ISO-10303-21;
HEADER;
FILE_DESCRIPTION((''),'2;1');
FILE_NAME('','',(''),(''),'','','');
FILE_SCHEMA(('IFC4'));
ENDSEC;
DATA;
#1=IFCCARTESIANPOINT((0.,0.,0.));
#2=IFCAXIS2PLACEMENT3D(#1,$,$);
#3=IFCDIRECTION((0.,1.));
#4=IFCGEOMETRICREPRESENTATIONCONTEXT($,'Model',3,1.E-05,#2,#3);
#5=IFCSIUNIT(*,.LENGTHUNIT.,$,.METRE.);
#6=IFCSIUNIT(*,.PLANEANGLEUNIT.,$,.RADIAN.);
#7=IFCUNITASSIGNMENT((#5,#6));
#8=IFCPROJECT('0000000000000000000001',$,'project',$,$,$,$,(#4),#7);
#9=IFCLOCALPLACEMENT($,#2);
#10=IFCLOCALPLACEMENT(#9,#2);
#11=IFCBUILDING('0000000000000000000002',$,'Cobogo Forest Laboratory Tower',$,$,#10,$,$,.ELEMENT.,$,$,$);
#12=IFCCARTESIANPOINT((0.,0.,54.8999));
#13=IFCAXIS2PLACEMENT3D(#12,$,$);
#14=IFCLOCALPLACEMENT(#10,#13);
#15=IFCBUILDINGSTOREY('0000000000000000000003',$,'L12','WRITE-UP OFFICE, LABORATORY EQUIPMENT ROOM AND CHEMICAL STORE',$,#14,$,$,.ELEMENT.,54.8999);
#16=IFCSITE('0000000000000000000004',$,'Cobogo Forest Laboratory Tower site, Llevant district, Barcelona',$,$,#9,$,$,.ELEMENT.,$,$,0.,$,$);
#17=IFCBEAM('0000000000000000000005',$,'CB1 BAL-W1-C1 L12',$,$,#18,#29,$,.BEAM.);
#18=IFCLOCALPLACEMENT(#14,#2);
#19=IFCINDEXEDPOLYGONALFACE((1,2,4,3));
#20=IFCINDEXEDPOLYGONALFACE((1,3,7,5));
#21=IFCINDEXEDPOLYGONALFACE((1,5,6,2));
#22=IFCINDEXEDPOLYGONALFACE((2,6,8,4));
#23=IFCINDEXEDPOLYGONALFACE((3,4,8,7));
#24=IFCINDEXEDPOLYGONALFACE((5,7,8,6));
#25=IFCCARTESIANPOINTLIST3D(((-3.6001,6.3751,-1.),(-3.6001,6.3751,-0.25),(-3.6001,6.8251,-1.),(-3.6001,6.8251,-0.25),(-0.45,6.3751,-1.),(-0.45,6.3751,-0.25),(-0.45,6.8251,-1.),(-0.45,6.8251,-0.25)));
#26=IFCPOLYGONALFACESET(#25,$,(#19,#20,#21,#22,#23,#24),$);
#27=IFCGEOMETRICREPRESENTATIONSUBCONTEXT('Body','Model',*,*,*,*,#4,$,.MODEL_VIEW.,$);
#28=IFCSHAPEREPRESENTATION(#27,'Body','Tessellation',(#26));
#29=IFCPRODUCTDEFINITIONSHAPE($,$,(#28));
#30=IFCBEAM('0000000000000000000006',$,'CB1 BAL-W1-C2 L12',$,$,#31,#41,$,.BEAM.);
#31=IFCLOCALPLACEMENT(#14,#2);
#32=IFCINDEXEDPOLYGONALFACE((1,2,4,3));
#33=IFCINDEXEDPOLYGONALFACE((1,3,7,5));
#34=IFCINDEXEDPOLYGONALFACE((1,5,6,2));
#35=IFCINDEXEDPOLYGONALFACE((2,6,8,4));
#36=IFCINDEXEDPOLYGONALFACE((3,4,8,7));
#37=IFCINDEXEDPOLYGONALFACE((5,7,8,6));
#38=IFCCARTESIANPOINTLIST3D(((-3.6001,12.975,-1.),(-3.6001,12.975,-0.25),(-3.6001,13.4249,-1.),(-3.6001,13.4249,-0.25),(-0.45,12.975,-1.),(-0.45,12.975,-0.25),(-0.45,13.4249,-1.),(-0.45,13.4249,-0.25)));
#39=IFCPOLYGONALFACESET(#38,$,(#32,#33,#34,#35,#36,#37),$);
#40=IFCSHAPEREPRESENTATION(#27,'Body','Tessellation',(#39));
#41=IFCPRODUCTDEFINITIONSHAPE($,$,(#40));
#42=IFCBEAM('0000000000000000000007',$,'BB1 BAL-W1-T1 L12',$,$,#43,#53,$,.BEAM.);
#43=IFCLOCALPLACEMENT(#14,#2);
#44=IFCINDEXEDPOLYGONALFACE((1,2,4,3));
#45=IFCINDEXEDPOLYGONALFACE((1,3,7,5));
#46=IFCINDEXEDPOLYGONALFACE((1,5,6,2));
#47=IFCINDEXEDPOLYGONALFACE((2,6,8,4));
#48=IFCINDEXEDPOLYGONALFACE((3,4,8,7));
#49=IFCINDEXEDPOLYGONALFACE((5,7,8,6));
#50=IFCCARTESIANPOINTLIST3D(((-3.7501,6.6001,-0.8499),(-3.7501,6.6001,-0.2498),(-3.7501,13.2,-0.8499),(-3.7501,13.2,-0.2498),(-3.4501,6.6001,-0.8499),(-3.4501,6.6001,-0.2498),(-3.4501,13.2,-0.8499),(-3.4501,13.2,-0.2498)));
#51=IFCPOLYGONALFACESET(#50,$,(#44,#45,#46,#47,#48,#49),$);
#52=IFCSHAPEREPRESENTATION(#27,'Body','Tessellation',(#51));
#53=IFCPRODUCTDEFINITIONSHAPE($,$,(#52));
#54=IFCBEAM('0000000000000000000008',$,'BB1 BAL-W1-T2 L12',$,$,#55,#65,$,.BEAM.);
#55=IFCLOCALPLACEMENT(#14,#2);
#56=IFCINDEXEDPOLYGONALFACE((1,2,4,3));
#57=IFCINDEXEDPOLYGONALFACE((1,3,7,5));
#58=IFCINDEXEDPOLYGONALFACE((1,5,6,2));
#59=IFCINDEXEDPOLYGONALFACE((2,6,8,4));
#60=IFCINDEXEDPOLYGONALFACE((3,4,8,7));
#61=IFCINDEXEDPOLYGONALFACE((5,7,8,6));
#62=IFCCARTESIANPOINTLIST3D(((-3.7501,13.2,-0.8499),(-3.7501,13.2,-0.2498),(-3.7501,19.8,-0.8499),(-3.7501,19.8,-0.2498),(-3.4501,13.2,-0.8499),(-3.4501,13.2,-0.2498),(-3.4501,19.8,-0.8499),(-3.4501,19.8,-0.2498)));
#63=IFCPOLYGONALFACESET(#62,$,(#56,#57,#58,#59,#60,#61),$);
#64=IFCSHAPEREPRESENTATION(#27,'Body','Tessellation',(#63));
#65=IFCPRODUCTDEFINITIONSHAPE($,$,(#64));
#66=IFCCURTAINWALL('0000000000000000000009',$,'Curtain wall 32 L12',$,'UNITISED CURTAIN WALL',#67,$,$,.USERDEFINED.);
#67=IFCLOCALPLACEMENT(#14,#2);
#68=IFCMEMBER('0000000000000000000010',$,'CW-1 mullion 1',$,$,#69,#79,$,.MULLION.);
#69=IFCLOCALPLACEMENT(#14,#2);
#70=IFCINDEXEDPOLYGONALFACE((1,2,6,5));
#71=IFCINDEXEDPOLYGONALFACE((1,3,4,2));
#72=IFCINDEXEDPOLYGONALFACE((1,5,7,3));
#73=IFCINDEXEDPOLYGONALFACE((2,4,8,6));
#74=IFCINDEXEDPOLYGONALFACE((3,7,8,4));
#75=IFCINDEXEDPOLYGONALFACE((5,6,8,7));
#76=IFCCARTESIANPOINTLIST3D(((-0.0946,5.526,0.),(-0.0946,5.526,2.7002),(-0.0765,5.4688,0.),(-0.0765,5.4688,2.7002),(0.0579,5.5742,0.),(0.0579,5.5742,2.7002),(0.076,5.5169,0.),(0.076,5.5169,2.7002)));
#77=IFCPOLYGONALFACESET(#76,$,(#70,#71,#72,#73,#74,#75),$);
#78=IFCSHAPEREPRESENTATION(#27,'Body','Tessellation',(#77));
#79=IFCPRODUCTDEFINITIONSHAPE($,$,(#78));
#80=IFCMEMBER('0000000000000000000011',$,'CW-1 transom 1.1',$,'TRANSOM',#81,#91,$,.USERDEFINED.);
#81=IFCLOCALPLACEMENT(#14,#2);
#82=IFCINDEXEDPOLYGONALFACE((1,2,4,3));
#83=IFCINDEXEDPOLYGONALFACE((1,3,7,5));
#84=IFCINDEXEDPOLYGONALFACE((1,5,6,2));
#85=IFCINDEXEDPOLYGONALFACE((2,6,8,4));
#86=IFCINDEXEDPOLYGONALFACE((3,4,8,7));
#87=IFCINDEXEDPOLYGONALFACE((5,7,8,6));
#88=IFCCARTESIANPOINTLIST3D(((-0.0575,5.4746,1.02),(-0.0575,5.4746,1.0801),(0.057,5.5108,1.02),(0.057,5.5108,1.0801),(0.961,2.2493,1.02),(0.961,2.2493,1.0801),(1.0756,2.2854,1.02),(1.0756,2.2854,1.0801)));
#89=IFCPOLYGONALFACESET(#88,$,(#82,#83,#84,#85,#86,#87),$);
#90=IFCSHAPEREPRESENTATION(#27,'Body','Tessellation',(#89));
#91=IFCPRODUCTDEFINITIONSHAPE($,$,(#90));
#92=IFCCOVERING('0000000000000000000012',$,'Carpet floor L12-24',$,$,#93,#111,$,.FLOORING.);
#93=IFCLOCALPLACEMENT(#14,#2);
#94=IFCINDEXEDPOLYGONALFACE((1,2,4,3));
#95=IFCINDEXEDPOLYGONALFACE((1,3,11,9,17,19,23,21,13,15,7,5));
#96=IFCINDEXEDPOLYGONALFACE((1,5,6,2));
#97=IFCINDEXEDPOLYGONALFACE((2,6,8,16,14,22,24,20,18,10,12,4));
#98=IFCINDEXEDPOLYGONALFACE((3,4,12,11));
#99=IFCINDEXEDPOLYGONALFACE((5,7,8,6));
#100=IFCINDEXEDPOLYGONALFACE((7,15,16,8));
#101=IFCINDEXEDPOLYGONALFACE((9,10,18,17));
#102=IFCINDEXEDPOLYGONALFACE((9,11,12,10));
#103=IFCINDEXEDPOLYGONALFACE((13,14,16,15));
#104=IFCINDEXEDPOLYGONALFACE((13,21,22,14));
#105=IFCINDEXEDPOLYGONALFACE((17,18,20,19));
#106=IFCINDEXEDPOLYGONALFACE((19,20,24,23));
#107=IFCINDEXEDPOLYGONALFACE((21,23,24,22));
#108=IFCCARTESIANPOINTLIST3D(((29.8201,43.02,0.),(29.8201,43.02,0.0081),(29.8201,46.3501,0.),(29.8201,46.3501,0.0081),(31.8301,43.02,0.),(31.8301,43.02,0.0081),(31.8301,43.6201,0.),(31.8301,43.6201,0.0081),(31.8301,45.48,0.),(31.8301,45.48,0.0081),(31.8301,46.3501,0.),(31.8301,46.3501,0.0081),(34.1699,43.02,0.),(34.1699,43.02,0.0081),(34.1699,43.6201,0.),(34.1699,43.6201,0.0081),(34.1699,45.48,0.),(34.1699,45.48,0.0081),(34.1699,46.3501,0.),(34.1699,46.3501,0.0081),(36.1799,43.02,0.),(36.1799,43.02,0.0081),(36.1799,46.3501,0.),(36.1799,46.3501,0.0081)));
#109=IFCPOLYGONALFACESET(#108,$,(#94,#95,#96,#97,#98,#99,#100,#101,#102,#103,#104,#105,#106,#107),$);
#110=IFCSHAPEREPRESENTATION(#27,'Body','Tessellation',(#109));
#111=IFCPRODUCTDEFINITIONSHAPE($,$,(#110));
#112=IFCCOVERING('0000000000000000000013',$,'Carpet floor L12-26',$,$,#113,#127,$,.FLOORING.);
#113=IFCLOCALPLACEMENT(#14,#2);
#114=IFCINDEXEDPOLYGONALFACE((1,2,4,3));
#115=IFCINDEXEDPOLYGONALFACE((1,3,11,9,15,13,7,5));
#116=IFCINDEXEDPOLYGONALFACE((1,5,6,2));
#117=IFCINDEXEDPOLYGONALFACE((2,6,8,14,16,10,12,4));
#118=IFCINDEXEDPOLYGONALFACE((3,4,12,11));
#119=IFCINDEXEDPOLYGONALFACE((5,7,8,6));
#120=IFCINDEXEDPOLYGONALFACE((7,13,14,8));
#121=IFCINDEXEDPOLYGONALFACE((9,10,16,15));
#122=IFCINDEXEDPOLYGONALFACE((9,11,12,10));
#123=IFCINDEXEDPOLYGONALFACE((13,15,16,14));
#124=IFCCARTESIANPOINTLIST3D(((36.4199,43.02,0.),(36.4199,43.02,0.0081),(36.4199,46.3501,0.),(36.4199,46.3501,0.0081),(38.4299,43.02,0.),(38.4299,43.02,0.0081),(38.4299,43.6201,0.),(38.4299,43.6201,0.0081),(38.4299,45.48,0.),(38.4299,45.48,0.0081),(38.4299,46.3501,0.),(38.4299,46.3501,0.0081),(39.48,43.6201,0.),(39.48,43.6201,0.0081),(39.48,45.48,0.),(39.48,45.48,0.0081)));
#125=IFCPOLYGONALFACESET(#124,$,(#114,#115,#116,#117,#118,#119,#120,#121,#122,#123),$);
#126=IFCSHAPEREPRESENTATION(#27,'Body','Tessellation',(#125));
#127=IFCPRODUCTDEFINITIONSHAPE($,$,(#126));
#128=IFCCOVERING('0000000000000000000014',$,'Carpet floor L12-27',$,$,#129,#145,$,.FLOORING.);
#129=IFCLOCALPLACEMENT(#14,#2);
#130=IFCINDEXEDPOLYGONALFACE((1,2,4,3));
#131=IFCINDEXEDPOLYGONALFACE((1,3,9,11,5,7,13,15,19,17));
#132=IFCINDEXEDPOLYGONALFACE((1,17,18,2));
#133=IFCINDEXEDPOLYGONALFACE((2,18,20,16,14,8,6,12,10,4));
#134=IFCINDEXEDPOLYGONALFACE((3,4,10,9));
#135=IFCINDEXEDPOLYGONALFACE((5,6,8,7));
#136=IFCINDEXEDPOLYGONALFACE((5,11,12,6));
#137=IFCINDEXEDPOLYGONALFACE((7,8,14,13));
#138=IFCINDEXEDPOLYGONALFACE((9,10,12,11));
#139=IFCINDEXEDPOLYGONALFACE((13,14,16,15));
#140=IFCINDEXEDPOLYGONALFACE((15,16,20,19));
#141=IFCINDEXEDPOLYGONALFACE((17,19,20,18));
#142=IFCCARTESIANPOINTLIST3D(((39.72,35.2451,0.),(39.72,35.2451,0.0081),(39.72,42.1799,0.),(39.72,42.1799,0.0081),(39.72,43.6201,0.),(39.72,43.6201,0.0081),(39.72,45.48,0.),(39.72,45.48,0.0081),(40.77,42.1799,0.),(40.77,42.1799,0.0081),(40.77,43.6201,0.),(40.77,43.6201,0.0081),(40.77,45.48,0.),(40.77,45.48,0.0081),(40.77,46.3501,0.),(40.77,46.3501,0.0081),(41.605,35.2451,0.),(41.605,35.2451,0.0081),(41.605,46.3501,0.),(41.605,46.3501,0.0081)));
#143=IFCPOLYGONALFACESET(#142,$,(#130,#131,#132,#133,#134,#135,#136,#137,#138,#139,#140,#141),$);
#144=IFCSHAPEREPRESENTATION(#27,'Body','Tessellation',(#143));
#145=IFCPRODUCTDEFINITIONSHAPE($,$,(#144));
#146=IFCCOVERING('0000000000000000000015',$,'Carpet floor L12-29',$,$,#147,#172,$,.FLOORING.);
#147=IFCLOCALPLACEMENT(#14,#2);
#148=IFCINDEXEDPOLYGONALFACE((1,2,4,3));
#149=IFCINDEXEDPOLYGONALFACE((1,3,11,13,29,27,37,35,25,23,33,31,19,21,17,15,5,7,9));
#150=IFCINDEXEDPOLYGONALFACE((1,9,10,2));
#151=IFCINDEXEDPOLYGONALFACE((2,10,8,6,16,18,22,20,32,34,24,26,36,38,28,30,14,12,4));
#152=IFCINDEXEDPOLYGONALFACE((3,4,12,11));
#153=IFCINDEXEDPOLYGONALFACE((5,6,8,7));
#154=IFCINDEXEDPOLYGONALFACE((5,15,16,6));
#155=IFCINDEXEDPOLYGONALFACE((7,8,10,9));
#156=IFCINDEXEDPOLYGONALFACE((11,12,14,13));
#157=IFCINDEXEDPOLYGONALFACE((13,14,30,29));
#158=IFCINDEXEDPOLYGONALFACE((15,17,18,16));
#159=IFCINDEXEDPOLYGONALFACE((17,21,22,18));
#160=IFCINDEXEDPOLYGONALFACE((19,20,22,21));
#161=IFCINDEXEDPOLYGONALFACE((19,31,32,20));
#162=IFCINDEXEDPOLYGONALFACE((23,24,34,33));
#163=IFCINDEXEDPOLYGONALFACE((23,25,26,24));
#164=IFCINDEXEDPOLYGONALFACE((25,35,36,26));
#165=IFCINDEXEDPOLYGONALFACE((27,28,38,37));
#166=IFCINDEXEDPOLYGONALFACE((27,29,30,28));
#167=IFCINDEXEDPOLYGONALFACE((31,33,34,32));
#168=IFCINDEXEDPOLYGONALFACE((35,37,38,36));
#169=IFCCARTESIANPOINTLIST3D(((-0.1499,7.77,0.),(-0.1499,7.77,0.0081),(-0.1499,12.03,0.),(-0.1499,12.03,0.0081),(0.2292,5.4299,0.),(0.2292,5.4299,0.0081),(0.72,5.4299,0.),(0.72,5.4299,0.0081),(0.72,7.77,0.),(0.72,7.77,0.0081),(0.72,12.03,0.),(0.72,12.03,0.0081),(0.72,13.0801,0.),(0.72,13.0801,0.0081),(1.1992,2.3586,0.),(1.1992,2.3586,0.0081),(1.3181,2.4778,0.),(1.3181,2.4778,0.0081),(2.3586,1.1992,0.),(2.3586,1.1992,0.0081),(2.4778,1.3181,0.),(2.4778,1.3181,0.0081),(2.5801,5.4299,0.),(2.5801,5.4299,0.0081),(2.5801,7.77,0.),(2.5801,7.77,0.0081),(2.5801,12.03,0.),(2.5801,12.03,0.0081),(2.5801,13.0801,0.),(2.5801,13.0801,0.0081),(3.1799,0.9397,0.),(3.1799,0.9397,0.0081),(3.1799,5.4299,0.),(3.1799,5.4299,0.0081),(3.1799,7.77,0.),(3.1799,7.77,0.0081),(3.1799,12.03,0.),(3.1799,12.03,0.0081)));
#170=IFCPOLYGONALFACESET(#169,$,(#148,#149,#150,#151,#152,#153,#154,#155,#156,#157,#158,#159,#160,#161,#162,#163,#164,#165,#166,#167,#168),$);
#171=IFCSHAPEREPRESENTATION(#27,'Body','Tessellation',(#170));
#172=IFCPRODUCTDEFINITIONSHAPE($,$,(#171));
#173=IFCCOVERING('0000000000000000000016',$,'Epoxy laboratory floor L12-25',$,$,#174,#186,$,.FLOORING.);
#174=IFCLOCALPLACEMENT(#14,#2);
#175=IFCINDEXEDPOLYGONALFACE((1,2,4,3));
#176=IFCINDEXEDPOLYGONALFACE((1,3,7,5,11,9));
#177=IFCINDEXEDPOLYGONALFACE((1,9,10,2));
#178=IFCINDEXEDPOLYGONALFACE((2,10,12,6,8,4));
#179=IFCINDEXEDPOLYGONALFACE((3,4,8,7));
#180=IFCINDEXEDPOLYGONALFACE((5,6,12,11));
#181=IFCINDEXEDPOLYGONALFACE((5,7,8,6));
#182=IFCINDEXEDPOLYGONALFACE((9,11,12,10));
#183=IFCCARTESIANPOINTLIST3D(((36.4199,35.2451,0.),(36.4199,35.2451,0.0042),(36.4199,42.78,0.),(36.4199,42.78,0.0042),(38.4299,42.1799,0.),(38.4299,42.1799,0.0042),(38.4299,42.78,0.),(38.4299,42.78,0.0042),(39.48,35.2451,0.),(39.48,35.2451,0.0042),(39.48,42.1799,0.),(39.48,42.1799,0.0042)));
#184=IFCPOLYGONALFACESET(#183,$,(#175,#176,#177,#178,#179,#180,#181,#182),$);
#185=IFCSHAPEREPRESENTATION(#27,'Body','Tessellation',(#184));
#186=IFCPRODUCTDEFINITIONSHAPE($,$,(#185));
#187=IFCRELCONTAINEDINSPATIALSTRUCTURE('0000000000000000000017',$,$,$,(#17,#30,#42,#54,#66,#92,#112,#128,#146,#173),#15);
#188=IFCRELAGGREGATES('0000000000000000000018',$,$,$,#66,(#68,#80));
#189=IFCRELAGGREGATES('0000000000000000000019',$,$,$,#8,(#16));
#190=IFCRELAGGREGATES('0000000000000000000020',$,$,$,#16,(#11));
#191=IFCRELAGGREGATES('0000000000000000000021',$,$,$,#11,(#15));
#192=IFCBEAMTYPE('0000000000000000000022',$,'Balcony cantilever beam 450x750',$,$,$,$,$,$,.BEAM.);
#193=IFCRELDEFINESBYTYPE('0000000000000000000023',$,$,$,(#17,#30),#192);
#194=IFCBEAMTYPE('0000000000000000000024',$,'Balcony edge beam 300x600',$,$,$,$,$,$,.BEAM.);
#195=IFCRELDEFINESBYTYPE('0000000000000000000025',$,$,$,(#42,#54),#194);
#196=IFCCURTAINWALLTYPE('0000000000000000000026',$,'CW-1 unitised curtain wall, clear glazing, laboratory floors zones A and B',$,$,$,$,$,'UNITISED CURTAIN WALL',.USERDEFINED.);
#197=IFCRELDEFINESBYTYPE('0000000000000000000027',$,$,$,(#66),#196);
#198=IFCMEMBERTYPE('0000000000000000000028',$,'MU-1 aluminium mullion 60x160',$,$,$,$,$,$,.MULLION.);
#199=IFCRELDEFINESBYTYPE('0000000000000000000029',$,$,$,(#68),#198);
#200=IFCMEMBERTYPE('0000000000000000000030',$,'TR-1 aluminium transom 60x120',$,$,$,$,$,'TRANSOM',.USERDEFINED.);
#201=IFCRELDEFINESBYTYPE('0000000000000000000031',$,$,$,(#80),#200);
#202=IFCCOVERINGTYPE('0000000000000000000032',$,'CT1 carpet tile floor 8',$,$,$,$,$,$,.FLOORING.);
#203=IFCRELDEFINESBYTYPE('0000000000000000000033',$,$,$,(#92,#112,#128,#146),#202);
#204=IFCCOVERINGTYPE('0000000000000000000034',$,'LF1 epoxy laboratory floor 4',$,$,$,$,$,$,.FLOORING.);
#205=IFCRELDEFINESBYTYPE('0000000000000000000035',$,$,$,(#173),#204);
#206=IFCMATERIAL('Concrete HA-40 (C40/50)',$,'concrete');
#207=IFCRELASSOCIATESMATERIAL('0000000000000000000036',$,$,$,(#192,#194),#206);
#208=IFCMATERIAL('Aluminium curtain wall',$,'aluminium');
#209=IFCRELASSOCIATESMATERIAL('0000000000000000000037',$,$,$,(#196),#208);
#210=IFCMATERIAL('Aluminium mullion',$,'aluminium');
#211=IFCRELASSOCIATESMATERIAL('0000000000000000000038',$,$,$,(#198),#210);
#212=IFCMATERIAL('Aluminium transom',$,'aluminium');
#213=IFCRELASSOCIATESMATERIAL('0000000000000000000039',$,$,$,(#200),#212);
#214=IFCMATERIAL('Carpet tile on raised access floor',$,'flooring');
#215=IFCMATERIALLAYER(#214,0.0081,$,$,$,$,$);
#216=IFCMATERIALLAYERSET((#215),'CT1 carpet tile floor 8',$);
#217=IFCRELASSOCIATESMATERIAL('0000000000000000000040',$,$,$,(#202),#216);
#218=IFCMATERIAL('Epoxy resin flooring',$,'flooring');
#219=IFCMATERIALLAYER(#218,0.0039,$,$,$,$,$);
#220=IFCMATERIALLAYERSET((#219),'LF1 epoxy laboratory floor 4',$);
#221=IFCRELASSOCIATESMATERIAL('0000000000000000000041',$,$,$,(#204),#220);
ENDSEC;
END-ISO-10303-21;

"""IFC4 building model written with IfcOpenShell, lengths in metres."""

from ifc_helpers import new_model, si_unit, direction, frame, origin, origin_2d, place, context, subcontext, project, spatial, polyline, rectangle, outline, extrude, material, layer, layer_set, material_profile, profile_set, type_object, element, aggregate, save


model = new_model("IFC4")

# Units and contexts
model_context = context("Model", 3, precision=1e-05, world=origin(), true_north=direction((0.0, 1.0)))
body_context = subcontext(model_context, "Body", "Model", "MODEL_VIEW")
ifc_project = project(units=[si_unit("LENGTHUNIT", "METRE"), si_unit("PLANEANGLEUNIT", "RADIAN")], contexts=[model_context])

# Site, building, storey
site_placement = place(None, origin())
site = spatial("IfcSite", under=ifc_project, at=site_placement, Name="Cobogo Forest Laboratory Tower site, Llevant district, Barcelona", CompositionType="ELEMENT", RefElevation=0.0)
building_placement = place(site_placement, origin())
building = spatial("IfcBuilding", under=site, at=building_placement, Name="Cobogo Forest Laboratory Tower", CompositionType="ELEMENT")
storey_placement = place(building_placement, frame((0.0, 0.0, 54.8999)))
storey = spatial("IfcBuildingStorey", under=building, at=storey_placement, Name="L12", Description="WRITE-UP OFFICE, LABORATORY EQUIPMENT ROOM AND CHEMICAL STORE", CompositionType="ELEMENT", Elevation=54.8999)

# Beams
ifc_material_1 = material(Name="Concrete HA-40 (C40/50)", Category="concrete")
ifc_material_profile_1 = material_profile(ifc_material_1, rectangle(XDim=0.45, YDim=0.75, at=origin_2d()), Name="RC 450x750")
ifc_profile_set_1 = profile_set([ifc_material_profile_1], Name="Concrete HA-40 (C40/50)")
beam_type_1 = type_object("IfcBeamType", Name="Balcony cantilever beam 450x750", PredefinedType="BEAM", material=ifc_profile_set_1)
for number, where, z_axis, x_axis, name in (
    (1, (-0.45, 6.6001, -0.625), (-1.0, 0.0, 0.0), (0.0, -1.0, 0.0), "CB1 BAL-W1-C1 L12"),
    (2, (-0.45, 13.2, -0.625), (-1.0, 0.0, 0.0), (0.0, -1.0, 0.0), "CB1 BAL-W1-C2 L12"),
):
    element("IfcBeam", number, at=place(storey_placement, frame(where, z_axis=z_axis, x_axis=x_axis)), inside=storey, type_object=beam_type_1, Name=name, PredefinedType="BEAM", context=body_context, shape_type="SweptSolid", body=[
        extrude(rectangle(XDim=0.45, YDim=0.75, at=origin_2d()), origin(), (0.0, 0.0, 1.0), 3.1501),
    ])
ifc_material_profile_2 = material_profile(ifc_material_1, rectangle(XDim=0.3, YDim=0.6001, at=origin_2d()), Name="RC 300x600")
ifc_profile_set_2 = profile_set([ifc_material_profile_2], Name="Concrete HA-40 (C40/50)")
beam_type_2 = type_object("IfcBeamType", Name="Balcony edge beam 300x600", PredefinedType="BEAM", material=ifc_profile_set_2)
beam_1_placement = place(storey_placement, frame((-3.6001, 6.6001, -0.5498), z_axis=(0.0, 1.0, 0.0), x_axis=(-1.0, 0.0, 0.0)))
element("IfcBeam", 3, at=beam_1_placement, inside=storey, type_object=beam_type_2, Name="BB1 BAL-W1-T1 L12", PredefinedType="BEAM", context=body_context, shape_type="SweptSolid", body=[
    extrude(rectangle(XDim=0.3, YDim=0.6001, at=origin_2d()), origin(), (0.0, 0.0, 1.0), 6.5999),
])
beam_2_placement = place(storey_placement, frame((-3.6001, 13.2, -0.5498), z_axis=(0.0, 1.0, 0.0), x_axis=(-1.0, 0.0, 0.0)))
element("IfcBeam", 4, at=beam_2_placement, inside=storey, type_object=beam_type_2, Name="BB1 BAL-W1-T2 L12", PredefinedType="BEAM", context=body_context, shape_type="SweptSolid", body=[
    extrude(rectangle(XDim=0.3, YDim=0.6001, at=origin_2d()), origin(), (0.0, 0.0, 1.0), 6.6001),
])

# Curtain wall, members
ifc_material_2 = material(Name="Aluminium curtain wall", Category="aluminium")
curtain_wall_type = type_object("IfcCurtainWallType", Name="CW-1 unitised curtain wall, clear glazing, laboratory floors zones A and B", ElementType="UNITISED CURTAIN WALL", PredefinedType="USERDEFINED", material=ifc_material_2)
curtain_wall_placement = place(storey_placement, origin())
curtain_wall = element("IfcCurtainWall", 5, at=curtain_wall_placement, inside=storey, type_object=curtain_wall_type, Name="Curtain wall 32 L12", ObjectType="UNITISED CURTAIN WALL", PredefinedType="USERDEFINED")
ifc_material_3 = material(Name="Aluminium mullion", Category="aluminium")
ifc_material_profile_3 = material_profile(ifc_material_3, rectangle(XDim=0.0601, YDim=0.1599, at=origin_2d()), Name="AL 60x160")
ifc_profile_set_3 = profile_set([ifc_material_profile_3], Name="Aluminium mullion")
member_type_1 = type_object("IfcMemberType", Name="MU-1 aluminium mullion 60x160", PredefinedType="MULLION", material=ifc_profile_set_3)
member_1_placement = place(storey_placement, frame((-0.0093, 5.5215, 0.0), z_axis=(0.0, 0.0, 1.0), x_axis=(0.301135, -0.953581, 0.0)))
member_1 = element("IfcMember", 6, at=member_1_placement, type_object=member_type_1, Name="CW-1 mullion 1", PredefinedType="MULLION", context=body_context, shape_type="SweptSolid", body=[
    extrude(rectangle(XDim=0.0601, YDim=0.1599, at=origin_2d()), origin(), (0.0, 0.0, 1.0), 2.7002),
])
ifc_material_4 = material(Name="Aluminium transom", Category="aluminium")
ifc_material_profile_4 = material_profile(ifc_material_4, rectangle(XDim=0.1201, YDim=0.0601, at=origin_2d()), Name="AL 60x120")
ifc_profile_set_4 = profile_set([ifc_material_profile_4], Name="Aluminium transom")
member_type_2 = type_object("IfcMemberType", Name="TR-1 aluminium transom 60x120", ElementType="TRANSOM", PredefinedType="USERDEFINED", material=ifc_profile_set_4)
member_2_placement = place(storey_placement, frame((-0.0002, 5.4927, 1.05), z_axis=(0.301138, -0.95358, 0.0), x_axis=(0.95358, 0.301138, 0.0)))
member_2 = element("IfcMember", 7, at=member_2_placement, type_object=member_type_2, Name="CW-1 transom 1.1", ObjectType="TRANSOM", PredefinedType="USERDEFINED", context=body_context, shape_type="SweptSolid", body=[
    extrude(rectangle(XDim=0.1201, YDim=0.0601, at=origin_2d()), origin(), (0.0, 0.0, 1.0), 3.3823),
])
aggregate(curtain_wall, [member_1, member_2])

# Coverings
ifc_material_5 = material(Name="Carpet tile on raised access floor", Category="flooring")
ifc_layer_1 = layer(ifc_material_5, 0.0081)
ifc_layer_set_1 = layer_set([ifc_layer_1], Name="CT1 carpet tile floor 8")
covering_type_1 = type_object("IfcCoveringType", Name="CT1 carpet tile floor 8", PredefinedType="FLOORING", material=ifc_layer_set_1)
covering_1_placement = place(storey_placement, origin())
element("IfcCovering", 8, at=covering_1_placement, inside=storey, type_object=covering_type_1, Name="Carpet floor L12-24", PredefinedType="FLOORING", context=body_context, shape_type="SweptSolid", body=[
    extrude(outline(polyline([(34.1699, 43.02), (34.1699, 43.6201), (31.8301, 43.6201), (31.8301, 43.02), (29.8201, 43.02), (29.8201, 46.3501), (31.8301, 46.3501), (31.8301, 45.48), (34.1699, 45.48), (34.1699, 46.3501), (36.1799, 46.3501), (36.1799, 43.02), (34.1699, 43.02)])), origin(), (0.0, 0.0, 1.0), 0.0081),
])
covering_2_placement = place(storey_placement, origin())
element("IfcCovering", 9, at=covering_2_placement, inside=storey, type_object=covering_type_1, Name="Carpet floor L12-26", PredefinedType="FLOORING", context=body_context, shape_type="SweptSolid", body=[
    extrude(outline(polyline([(36.4199, 43.02), (36.4199, 46.3501), (38.4299, 46.3501), (38.4299, 45.48), (39.48, 45.48), (39.48, 43.6201), (38.4299, 43.6201), (38.4299, 43.02), (36.4199, 43.02)])), origin(), (0.0, 0.0, 1.0), 0.0081),
])
covering_3_placement = place(storey_placement, origin())
element("IfcCovering", 10, at=covering_3_placement, inside=storey, type_object=covering_type_1, Name="Carpet floor L12-27", PredefinedType="FLOORING", context=body_context, shape_type="SweptSolid", body=[
    extrude(outline(polyline([(39.72, 35.2451), (39.72, 42.1799), (40.77, 42.1799), (40.77, 43.6201), (39.72, 43.6201), (39.72, 45.48), (40.77, 45.48), (40.77, 46.3501), (41.605, 46.3501), (41.605, 35.2451), (39.72, 35.2451)])), origin(), (0.0, 0.0, 1.0), 0.0081),
])
covering_4_placement = place(storey_placement, origin())
element("IfcCovering", 11, at=covering_4_placement, inside=storey, type_object=covering_type_1, Name="Carpet floor L12-29", PredefinedType="FLOORING", context=body_context, shape_type="SweptSolid", body=[
    extrude(outline(polyline([(3.1799, 7.77), (2.5801, 7.77), (2.5801, 5.4299), (3.1799, 5.4299), (3.1799, 0.9397), (2.3586, 1.1992), (2.4778, 1.3181), (1.3181, 2.4778), (1.1992, 2.3586), (0.2292, 5.4299), (0.72, 5.4299), (0.72, 7.77), (-0.1499, 7.77), (-0.1499, 12.03), (0.72, 12.03), (0.72, 13.0801), (2.5801, 13.0801), (2.5801, 12.03), (3.1799, 12.03), (3.1799, 7.77)])), origin(), (0.0, 0.0, 1.0), 0.0081),
])
ifc_material_6 = material(Name="Epoxy resin flooring", Category="flooring")
ifc_layer_2 = layer(ifc_material_6, 0.0039)
ifc_layer_set_2 = layer_set([ifc_layer_2], Name="LF1 epoxy laboratory floor 4")
covering_type_2 = type_object("IfcCoveringType", Name="LF1 epoxy laboratory floor 4", PredefinedType="FLOORING", material=ifc_layer_set_2)
covering_5_placement = place(storey_placement, origin())
element("IfcCovering", 12, at=covering_5_placement, inside=storey, type_object=covering_type_2, Name="Epoxy laboratory floor L12-25", PredefinedType="FLOORING", context=body_context, shape_type="SweptSolid", body=[
    extrude(outline(polyline([(36.4199, 42.78), (38.4299, 42.78), (38.4299, 42.1799), (39.48, 42.1799), (39.48, 35.2451), (36.4199, 35.2451), (36.4199, 42.78)])), origin(), (0.0, 0.0, 1.0), 0.0042),
])

save(model, "model.ifc")
